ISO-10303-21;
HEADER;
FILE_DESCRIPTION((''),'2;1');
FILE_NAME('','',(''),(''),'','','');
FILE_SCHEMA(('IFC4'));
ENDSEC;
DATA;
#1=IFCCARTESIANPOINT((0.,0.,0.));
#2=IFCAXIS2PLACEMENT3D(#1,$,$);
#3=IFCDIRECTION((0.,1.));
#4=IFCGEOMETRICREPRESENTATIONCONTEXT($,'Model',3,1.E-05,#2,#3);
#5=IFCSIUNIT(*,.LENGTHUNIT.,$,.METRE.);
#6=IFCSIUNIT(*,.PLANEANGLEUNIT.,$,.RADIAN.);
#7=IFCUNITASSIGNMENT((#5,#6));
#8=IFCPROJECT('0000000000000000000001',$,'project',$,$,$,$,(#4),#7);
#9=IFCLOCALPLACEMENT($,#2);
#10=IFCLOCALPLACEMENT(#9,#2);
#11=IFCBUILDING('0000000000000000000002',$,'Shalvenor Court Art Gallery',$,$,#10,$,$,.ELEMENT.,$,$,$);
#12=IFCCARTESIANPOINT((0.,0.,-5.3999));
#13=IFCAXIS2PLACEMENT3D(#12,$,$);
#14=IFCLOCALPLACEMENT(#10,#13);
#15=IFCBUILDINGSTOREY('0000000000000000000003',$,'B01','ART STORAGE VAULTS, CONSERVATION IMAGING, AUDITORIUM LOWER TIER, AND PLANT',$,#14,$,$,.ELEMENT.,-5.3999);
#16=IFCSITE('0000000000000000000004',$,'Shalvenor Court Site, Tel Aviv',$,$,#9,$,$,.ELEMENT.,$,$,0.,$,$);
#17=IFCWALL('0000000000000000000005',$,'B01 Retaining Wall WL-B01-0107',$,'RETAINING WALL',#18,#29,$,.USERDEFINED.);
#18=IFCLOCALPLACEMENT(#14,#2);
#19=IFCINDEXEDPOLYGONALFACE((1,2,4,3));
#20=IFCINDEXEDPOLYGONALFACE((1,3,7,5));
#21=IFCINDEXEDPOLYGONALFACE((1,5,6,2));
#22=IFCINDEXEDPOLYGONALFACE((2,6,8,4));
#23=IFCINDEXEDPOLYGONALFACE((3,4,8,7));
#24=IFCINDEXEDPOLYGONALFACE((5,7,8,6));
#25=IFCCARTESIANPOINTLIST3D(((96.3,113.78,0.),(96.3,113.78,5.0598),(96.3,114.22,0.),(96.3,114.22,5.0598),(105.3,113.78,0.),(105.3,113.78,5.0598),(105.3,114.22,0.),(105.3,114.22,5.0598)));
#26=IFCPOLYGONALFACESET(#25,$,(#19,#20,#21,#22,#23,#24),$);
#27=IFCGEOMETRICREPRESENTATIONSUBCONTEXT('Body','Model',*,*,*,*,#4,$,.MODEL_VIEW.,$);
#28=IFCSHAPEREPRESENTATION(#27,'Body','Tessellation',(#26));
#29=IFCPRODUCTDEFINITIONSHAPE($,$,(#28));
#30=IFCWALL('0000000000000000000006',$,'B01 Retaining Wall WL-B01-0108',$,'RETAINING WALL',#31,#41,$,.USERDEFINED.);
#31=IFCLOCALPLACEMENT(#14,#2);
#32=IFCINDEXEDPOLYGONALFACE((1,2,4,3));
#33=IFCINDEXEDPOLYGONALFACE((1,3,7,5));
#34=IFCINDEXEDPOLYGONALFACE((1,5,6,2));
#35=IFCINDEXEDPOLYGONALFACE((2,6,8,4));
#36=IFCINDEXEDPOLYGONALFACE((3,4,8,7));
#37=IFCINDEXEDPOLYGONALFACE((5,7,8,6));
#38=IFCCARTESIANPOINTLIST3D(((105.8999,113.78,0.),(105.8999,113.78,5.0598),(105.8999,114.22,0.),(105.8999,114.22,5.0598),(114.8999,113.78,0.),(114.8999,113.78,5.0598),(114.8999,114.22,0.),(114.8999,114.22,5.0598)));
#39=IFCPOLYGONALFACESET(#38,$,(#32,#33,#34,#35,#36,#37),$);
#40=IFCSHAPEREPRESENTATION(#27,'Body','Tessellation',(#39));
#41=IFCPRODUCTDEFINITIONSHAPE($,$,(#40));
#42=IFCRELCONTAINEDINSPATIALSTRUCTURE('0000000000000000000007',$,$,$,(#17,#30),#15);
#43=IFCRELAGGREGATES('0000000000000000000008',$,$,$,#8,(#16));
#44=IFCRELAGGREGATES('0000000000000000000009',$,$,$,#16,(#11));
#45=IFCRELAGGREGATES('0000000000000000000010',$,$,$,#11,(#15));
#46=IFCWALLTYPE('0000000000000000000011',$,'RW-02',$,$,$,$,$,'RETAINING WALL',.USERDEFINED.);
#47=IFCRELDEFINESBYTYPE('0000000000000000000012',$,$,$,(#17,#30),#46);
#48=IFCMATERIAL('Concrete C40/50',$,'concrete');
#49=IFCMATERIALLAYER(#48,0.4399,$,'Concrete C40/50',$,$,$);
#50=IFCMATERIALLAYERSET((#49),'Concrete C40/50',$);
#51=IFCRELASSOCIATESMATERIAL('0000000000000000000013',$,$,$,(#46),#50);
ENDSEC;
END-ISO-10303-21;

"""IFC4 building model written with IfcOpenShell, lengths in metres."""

from ifc_helpers import new_model, si_unit, direction, frame, frame_2d, origin, place, context, subcontext, project, spatial, rectangle, extrude, material, layer, layer_set, type_object, element, save


model = new_model("IFC4")

# Units and contexts
model_context = context("Model", 3, precision=1e-05, world=origin(), true_north=direction((0.0, 1.0)))
body_context = subcontext(model_context, "Body", "Model", "MODEL_VIEW")
ifc_project = project(units=[si_unit("LENGTHUNIT", "METRE"), si_unit("PLANEANGLEUNIT", "RADIAN")], contexts=[model_context])

# Site, building, storey
site_placement = place(None, origin())
site = spatial("IfcSite", under=ifc_project, at=site_placement, Name="Shalvenor Court Site, Tel Aviv", CompositionType="ELEMENT", RefElevation=0.0)
building_placement = place(site_placement, origin())
building = spatial("IfcBuilding", under=site, at=building_placement, Name="Shalvenor Court Art Gallery", CompositionType="ELEMENT")
storey_placement = place(building_placement, frame((0.0, 0.0, -5.3999)))
storey = spatial("IfcBuildingStorey", under=building, at=storey_placement, Name="B01", Description="ART STORAGE VAULTS, CONSERVATION IMAGING, AUDITORIUM LOWER TIER, AND PLANT", CompositionType="ELEMENT", Elevation=-5.3999)

# Walls
ifc_material_1 = material(Name="Concrete C40/50", Category="concrete")
ifc_layer = layer(ifc_material_1, 0.4399, Name="Concrete C40/50")
ifc_layer_set = layer_set([ifc_layer], Name="Concrete C40/50")
wall_type = type_object("IfcWallType", Name="RW-02", ElementType="RETAINING WALL", PredefinedType="USERDEFINED", material=ifc_layer_set)
for number, where, z_axis, x_axis, name in (
    (1, (96.3, 114.0, 0.0), (0.0, 0.0, 1.0), (1.0, 0.0, 0.0), "B01 Retaining Wall WL-B01-0107"),
    (2, (105.8999, 114.0, 0.0), (0.0, 0.0, 1.0), (1.0, 0.0, 0.0), "B01 Retaining Wall WL-B01-0108"),
):
    element("IfcWall", number, at=place(storey_placement, frame(where, z_axis=z_axis, x_axis=x_axis)), inside=storey, type_object=wall_type, Name=name, ObjectType="RETAINING WALL", PredefinedType="USERDEFINED", context=body_context, shape_type="SweptSolid", body=[
        extrude(rectangle(XDim=9.0, YDim=0.4399, at=frame_2d((4.5, 0.0))), origin(), (0.0, 0.0, 1.0), 5.0598),
    ])

save(model, "model.ifc")
